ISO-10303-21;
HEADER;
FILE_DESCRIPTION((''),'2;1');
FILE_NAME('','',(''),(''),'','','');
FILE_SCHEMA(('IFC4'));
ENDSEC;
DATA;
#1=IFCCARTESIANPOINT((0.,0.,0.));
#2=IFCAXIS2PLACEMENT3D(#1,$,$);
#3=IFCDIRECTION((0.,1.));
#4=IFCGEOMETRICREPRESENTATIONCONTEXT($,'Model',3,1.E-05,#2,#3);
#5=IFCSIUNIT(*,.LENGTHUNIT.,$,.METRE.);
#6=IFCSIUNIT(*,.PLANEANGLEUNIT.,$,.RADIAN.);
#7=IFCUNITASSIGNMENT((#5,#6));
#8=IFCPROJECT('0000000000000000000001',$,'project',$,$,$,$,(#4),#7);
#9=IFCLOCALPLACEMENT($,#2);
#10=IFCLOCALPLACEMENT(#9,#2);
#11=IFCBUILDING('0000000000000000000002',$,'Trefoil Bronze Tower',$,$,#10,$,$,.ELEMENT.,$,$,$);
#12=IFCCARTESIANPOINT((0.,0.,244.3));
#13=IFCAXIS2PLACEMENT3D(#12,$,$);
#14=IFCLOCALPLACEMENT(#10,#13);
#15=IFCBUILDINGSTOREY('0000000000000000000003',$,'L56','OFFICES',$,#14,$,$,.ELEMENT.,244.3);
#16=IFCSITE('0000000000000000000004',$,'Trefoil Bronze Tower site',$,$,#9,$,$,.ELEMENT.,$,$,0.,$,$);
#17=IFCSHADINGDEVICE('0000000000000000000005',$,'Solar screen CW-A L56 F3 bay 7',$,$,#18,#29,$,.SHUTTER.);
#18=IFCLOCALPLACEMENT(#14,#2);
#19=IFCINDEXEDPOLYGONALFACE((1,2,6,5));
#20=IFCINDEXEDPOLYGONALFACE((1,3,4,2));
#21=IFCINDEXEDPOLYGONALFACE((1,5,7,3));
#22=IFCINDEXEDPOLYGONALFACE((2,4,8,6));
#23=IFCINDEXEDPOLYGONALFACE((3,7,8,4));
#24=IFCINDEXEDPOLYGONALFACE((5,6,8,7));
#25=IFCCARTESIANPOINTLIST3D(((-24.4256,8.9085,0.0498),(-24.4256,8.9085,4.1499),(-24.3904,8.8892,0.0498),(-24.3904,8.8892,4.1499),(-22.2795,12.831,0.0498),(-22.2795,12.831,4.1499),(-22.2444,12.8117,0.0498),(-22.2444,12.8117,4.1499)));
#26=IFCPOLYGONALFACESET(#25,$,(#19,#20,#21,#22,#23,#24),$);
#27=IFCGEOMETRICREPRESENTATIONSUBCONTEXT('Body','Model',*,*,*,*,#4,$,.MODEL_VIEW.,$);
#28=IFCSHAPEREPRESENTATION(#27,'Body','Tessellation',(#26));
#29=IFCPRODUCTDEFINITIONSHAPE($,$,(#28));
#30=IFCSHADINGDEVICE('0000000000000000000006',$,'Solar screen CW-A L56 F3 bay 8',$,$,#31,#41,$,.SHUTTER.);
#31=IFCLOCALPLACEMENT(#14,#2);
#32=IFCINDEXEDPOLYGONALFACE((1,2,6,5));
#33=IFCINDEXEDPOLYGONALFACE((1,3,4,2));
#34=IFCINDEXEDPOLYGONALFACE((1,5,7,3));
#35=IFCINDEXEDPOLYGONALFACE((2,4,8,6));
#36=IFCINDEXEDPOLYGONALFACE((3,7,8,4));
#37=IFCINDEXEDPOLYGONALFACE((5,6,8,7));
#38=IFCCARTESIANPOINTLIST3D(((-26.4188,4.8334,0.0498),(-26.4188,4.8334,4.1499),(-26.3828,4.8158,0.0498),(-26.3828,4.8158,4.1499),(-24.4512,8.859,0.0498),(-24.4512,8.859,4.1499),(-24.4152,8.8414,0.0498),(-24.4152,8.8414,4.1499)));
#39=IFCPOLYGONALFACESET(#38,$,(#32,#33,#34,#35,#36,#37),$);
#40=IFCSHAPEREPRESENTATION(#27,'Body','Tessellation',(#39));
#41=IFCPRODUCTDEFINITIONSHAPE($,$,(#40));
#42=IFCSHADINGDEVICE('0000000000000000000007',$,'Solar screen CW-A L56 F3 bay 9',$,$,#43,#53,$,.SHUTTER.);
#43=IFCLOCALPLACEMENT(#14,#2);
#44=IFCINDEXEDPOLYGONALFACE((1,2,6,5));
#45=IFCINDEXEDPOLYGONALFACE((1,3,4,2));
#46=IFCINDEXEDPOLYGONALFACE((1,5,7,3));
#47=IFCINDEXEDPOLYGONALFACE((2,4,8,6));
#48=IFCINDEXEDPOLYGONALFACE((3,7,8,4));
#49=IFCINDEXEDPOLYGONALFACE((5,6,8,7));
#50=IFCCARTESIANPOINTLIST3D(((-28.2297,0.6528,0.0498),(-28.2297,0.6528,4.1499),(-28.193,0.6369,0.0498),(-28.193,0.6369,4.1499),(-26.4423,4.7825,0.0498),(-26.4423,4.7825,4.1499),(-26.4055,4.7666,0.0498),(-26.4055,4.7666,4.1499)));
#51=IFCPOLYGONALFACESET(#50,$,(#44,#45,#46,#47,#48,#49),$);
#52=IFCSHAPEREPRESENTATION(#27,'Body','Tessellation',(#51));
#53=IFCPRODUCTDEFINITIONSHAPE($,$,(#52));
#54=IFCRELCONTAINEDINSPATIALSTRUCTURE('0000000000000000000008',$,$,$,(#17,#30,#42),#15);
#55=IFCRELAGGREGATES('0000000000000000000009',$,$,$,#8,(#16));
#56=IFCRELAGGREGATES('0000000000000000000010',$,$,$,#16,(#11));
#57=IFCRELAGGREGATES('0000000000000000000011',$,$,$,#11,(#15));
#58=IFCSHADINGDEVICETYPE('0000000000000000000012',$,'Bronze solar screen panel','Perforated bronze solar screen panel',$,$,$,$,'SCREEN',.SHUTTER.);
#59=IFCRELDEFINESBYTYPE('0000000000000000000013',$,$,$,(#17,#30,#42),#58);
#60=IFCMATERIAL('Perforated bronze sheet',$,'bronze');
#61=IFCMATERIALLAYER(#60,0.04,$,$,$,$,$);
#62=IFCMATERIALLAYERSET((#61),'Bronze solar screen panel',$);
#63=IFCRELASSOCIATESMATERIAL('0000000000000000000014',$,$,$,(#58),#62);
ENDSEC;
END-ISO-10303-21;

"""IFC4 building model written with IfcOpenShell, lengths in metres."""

from ifc_helpers import new_model, si_unit, direction, frame, origin, origin_2d, place, context, subcontext, project, spatial, rectangle, extrude, material, layer, layer_set, type_object, element, save


model = new_model("IFC4")

# Units and contexts
model_context = context("Model", 3, precision=1e-05, world=origin(), true_north=direction((0.0, 1.0)))
body_context = subcontext(model_context, "Body", "Model", "MODEL_VIEW")
ifc_project = project(units=[si_unit("LENGTHUNIT", "METRE"), si_unit("PLANEANGLEUNIT", "RADIAN")], contexts=[model_context])

# Site, building, storey
site_placement = place(None, origin())
site = spatial("IfcSite", under=ifc_project, at=site_placement, Name="Trefoil Bronze Tower site", CompositionType="ELEMENT", RefElevation=0.0)
building_placement = place(site_placement, origin())
building = spatial("IfcBuilding", under=site, at=building_placement, Name="Trefoil Bronze Tower", CompositionType="ELEMENT")
storey_placement = place(building_placement, frame((0.0, 0.0, 244.3)))
storey = spatial("IfcBuildingStorey", under=building, at=storey_placement, Name="L56", Description="OFFICES", CompositionType="ELEMENT", Elevation=244.3)

# Shading devices
ifc_material_1 = material(Name="Perforated bronze sheet", Category="bronze")
ifc_layer_1 = layer(ifc_material_1, 0.04)
ifc_layer_set_1 = layer_set([ifc_layer_1], Name="Bronze solar screen panel")
shading_device_type = type_object("IfcShadingDeviceType", Name="Bronze solar screen panel", Description="Perforated bronze solar screen panel", ElementType="SCREEN", PredefinedType="SHUTTER", material=ifc_layer_set_1)
shading_device_1_placement = place(storey_placement, frame((-23.335, 10.8601, 0.0498), z_axis=(0.0, 0.0, 1.0), x_axis=(-0.479974, -0.877283, 0.0)))
element("IfcShadingDevice", 1, at=shading_device_1_placement, inside=storey, type_object=shading_device_type, Name="Solar screen CW-A L56 F3 bay 7", PredefinedType="SHUTTER", context=body_context, shape_type="SweptSolid", body=[
    extrude(rectangle(XDim=4.4712, YDim=0.04, at=origin_2d()), origin(), (0.0, 0.0, 1.0), 4.1001),
])
shading_device_2_placement = place(storey_placement, frame((-25.417, 6.8374, 0.0498), z_axis=(0.0, 0.0, 1.0), x_axis=(-0.439129, -0.898424, 0.0)))
element("IfcShadingDevice", 2, at=shading_device_2_placement, inside=storey, type_object=shading_device_type, Name="Solar screen CW-A L56 F3 bay 8", PredefinedType="SHUTTER", context=body_context, shape_type="SweptSolid", body=[
    extrude(rectangle(XDim=4.4807, YDim=0.04, at=origin_2d()), origin(), (0.0, 0.0, 1.0), 4.1001),
])
shading_device_3_placement = place(storey_placement, frame((-27.3176, 2.7097, 0.0498), z_axis=(0.0, 0.0, 1.0), x_axis=(-0.39722, -0.917723, 0.0)))
element("IfcShadingDevice", 3, at=shading_device_3_placement, inside=storey, type_object=shading_device_type, Name="Solar screen CW-A L56 F3 bay 9", PredefinedType="SHUTTER", context=body_context, shape_type="SweptSolid", body=[
    extrude(rectangle(XDim=4.5, YDim=0.04, at=origin_2d()), origin(), (0.0, 0.0, 1.0), 4.1001),
])

save(model, "model.ifc")
